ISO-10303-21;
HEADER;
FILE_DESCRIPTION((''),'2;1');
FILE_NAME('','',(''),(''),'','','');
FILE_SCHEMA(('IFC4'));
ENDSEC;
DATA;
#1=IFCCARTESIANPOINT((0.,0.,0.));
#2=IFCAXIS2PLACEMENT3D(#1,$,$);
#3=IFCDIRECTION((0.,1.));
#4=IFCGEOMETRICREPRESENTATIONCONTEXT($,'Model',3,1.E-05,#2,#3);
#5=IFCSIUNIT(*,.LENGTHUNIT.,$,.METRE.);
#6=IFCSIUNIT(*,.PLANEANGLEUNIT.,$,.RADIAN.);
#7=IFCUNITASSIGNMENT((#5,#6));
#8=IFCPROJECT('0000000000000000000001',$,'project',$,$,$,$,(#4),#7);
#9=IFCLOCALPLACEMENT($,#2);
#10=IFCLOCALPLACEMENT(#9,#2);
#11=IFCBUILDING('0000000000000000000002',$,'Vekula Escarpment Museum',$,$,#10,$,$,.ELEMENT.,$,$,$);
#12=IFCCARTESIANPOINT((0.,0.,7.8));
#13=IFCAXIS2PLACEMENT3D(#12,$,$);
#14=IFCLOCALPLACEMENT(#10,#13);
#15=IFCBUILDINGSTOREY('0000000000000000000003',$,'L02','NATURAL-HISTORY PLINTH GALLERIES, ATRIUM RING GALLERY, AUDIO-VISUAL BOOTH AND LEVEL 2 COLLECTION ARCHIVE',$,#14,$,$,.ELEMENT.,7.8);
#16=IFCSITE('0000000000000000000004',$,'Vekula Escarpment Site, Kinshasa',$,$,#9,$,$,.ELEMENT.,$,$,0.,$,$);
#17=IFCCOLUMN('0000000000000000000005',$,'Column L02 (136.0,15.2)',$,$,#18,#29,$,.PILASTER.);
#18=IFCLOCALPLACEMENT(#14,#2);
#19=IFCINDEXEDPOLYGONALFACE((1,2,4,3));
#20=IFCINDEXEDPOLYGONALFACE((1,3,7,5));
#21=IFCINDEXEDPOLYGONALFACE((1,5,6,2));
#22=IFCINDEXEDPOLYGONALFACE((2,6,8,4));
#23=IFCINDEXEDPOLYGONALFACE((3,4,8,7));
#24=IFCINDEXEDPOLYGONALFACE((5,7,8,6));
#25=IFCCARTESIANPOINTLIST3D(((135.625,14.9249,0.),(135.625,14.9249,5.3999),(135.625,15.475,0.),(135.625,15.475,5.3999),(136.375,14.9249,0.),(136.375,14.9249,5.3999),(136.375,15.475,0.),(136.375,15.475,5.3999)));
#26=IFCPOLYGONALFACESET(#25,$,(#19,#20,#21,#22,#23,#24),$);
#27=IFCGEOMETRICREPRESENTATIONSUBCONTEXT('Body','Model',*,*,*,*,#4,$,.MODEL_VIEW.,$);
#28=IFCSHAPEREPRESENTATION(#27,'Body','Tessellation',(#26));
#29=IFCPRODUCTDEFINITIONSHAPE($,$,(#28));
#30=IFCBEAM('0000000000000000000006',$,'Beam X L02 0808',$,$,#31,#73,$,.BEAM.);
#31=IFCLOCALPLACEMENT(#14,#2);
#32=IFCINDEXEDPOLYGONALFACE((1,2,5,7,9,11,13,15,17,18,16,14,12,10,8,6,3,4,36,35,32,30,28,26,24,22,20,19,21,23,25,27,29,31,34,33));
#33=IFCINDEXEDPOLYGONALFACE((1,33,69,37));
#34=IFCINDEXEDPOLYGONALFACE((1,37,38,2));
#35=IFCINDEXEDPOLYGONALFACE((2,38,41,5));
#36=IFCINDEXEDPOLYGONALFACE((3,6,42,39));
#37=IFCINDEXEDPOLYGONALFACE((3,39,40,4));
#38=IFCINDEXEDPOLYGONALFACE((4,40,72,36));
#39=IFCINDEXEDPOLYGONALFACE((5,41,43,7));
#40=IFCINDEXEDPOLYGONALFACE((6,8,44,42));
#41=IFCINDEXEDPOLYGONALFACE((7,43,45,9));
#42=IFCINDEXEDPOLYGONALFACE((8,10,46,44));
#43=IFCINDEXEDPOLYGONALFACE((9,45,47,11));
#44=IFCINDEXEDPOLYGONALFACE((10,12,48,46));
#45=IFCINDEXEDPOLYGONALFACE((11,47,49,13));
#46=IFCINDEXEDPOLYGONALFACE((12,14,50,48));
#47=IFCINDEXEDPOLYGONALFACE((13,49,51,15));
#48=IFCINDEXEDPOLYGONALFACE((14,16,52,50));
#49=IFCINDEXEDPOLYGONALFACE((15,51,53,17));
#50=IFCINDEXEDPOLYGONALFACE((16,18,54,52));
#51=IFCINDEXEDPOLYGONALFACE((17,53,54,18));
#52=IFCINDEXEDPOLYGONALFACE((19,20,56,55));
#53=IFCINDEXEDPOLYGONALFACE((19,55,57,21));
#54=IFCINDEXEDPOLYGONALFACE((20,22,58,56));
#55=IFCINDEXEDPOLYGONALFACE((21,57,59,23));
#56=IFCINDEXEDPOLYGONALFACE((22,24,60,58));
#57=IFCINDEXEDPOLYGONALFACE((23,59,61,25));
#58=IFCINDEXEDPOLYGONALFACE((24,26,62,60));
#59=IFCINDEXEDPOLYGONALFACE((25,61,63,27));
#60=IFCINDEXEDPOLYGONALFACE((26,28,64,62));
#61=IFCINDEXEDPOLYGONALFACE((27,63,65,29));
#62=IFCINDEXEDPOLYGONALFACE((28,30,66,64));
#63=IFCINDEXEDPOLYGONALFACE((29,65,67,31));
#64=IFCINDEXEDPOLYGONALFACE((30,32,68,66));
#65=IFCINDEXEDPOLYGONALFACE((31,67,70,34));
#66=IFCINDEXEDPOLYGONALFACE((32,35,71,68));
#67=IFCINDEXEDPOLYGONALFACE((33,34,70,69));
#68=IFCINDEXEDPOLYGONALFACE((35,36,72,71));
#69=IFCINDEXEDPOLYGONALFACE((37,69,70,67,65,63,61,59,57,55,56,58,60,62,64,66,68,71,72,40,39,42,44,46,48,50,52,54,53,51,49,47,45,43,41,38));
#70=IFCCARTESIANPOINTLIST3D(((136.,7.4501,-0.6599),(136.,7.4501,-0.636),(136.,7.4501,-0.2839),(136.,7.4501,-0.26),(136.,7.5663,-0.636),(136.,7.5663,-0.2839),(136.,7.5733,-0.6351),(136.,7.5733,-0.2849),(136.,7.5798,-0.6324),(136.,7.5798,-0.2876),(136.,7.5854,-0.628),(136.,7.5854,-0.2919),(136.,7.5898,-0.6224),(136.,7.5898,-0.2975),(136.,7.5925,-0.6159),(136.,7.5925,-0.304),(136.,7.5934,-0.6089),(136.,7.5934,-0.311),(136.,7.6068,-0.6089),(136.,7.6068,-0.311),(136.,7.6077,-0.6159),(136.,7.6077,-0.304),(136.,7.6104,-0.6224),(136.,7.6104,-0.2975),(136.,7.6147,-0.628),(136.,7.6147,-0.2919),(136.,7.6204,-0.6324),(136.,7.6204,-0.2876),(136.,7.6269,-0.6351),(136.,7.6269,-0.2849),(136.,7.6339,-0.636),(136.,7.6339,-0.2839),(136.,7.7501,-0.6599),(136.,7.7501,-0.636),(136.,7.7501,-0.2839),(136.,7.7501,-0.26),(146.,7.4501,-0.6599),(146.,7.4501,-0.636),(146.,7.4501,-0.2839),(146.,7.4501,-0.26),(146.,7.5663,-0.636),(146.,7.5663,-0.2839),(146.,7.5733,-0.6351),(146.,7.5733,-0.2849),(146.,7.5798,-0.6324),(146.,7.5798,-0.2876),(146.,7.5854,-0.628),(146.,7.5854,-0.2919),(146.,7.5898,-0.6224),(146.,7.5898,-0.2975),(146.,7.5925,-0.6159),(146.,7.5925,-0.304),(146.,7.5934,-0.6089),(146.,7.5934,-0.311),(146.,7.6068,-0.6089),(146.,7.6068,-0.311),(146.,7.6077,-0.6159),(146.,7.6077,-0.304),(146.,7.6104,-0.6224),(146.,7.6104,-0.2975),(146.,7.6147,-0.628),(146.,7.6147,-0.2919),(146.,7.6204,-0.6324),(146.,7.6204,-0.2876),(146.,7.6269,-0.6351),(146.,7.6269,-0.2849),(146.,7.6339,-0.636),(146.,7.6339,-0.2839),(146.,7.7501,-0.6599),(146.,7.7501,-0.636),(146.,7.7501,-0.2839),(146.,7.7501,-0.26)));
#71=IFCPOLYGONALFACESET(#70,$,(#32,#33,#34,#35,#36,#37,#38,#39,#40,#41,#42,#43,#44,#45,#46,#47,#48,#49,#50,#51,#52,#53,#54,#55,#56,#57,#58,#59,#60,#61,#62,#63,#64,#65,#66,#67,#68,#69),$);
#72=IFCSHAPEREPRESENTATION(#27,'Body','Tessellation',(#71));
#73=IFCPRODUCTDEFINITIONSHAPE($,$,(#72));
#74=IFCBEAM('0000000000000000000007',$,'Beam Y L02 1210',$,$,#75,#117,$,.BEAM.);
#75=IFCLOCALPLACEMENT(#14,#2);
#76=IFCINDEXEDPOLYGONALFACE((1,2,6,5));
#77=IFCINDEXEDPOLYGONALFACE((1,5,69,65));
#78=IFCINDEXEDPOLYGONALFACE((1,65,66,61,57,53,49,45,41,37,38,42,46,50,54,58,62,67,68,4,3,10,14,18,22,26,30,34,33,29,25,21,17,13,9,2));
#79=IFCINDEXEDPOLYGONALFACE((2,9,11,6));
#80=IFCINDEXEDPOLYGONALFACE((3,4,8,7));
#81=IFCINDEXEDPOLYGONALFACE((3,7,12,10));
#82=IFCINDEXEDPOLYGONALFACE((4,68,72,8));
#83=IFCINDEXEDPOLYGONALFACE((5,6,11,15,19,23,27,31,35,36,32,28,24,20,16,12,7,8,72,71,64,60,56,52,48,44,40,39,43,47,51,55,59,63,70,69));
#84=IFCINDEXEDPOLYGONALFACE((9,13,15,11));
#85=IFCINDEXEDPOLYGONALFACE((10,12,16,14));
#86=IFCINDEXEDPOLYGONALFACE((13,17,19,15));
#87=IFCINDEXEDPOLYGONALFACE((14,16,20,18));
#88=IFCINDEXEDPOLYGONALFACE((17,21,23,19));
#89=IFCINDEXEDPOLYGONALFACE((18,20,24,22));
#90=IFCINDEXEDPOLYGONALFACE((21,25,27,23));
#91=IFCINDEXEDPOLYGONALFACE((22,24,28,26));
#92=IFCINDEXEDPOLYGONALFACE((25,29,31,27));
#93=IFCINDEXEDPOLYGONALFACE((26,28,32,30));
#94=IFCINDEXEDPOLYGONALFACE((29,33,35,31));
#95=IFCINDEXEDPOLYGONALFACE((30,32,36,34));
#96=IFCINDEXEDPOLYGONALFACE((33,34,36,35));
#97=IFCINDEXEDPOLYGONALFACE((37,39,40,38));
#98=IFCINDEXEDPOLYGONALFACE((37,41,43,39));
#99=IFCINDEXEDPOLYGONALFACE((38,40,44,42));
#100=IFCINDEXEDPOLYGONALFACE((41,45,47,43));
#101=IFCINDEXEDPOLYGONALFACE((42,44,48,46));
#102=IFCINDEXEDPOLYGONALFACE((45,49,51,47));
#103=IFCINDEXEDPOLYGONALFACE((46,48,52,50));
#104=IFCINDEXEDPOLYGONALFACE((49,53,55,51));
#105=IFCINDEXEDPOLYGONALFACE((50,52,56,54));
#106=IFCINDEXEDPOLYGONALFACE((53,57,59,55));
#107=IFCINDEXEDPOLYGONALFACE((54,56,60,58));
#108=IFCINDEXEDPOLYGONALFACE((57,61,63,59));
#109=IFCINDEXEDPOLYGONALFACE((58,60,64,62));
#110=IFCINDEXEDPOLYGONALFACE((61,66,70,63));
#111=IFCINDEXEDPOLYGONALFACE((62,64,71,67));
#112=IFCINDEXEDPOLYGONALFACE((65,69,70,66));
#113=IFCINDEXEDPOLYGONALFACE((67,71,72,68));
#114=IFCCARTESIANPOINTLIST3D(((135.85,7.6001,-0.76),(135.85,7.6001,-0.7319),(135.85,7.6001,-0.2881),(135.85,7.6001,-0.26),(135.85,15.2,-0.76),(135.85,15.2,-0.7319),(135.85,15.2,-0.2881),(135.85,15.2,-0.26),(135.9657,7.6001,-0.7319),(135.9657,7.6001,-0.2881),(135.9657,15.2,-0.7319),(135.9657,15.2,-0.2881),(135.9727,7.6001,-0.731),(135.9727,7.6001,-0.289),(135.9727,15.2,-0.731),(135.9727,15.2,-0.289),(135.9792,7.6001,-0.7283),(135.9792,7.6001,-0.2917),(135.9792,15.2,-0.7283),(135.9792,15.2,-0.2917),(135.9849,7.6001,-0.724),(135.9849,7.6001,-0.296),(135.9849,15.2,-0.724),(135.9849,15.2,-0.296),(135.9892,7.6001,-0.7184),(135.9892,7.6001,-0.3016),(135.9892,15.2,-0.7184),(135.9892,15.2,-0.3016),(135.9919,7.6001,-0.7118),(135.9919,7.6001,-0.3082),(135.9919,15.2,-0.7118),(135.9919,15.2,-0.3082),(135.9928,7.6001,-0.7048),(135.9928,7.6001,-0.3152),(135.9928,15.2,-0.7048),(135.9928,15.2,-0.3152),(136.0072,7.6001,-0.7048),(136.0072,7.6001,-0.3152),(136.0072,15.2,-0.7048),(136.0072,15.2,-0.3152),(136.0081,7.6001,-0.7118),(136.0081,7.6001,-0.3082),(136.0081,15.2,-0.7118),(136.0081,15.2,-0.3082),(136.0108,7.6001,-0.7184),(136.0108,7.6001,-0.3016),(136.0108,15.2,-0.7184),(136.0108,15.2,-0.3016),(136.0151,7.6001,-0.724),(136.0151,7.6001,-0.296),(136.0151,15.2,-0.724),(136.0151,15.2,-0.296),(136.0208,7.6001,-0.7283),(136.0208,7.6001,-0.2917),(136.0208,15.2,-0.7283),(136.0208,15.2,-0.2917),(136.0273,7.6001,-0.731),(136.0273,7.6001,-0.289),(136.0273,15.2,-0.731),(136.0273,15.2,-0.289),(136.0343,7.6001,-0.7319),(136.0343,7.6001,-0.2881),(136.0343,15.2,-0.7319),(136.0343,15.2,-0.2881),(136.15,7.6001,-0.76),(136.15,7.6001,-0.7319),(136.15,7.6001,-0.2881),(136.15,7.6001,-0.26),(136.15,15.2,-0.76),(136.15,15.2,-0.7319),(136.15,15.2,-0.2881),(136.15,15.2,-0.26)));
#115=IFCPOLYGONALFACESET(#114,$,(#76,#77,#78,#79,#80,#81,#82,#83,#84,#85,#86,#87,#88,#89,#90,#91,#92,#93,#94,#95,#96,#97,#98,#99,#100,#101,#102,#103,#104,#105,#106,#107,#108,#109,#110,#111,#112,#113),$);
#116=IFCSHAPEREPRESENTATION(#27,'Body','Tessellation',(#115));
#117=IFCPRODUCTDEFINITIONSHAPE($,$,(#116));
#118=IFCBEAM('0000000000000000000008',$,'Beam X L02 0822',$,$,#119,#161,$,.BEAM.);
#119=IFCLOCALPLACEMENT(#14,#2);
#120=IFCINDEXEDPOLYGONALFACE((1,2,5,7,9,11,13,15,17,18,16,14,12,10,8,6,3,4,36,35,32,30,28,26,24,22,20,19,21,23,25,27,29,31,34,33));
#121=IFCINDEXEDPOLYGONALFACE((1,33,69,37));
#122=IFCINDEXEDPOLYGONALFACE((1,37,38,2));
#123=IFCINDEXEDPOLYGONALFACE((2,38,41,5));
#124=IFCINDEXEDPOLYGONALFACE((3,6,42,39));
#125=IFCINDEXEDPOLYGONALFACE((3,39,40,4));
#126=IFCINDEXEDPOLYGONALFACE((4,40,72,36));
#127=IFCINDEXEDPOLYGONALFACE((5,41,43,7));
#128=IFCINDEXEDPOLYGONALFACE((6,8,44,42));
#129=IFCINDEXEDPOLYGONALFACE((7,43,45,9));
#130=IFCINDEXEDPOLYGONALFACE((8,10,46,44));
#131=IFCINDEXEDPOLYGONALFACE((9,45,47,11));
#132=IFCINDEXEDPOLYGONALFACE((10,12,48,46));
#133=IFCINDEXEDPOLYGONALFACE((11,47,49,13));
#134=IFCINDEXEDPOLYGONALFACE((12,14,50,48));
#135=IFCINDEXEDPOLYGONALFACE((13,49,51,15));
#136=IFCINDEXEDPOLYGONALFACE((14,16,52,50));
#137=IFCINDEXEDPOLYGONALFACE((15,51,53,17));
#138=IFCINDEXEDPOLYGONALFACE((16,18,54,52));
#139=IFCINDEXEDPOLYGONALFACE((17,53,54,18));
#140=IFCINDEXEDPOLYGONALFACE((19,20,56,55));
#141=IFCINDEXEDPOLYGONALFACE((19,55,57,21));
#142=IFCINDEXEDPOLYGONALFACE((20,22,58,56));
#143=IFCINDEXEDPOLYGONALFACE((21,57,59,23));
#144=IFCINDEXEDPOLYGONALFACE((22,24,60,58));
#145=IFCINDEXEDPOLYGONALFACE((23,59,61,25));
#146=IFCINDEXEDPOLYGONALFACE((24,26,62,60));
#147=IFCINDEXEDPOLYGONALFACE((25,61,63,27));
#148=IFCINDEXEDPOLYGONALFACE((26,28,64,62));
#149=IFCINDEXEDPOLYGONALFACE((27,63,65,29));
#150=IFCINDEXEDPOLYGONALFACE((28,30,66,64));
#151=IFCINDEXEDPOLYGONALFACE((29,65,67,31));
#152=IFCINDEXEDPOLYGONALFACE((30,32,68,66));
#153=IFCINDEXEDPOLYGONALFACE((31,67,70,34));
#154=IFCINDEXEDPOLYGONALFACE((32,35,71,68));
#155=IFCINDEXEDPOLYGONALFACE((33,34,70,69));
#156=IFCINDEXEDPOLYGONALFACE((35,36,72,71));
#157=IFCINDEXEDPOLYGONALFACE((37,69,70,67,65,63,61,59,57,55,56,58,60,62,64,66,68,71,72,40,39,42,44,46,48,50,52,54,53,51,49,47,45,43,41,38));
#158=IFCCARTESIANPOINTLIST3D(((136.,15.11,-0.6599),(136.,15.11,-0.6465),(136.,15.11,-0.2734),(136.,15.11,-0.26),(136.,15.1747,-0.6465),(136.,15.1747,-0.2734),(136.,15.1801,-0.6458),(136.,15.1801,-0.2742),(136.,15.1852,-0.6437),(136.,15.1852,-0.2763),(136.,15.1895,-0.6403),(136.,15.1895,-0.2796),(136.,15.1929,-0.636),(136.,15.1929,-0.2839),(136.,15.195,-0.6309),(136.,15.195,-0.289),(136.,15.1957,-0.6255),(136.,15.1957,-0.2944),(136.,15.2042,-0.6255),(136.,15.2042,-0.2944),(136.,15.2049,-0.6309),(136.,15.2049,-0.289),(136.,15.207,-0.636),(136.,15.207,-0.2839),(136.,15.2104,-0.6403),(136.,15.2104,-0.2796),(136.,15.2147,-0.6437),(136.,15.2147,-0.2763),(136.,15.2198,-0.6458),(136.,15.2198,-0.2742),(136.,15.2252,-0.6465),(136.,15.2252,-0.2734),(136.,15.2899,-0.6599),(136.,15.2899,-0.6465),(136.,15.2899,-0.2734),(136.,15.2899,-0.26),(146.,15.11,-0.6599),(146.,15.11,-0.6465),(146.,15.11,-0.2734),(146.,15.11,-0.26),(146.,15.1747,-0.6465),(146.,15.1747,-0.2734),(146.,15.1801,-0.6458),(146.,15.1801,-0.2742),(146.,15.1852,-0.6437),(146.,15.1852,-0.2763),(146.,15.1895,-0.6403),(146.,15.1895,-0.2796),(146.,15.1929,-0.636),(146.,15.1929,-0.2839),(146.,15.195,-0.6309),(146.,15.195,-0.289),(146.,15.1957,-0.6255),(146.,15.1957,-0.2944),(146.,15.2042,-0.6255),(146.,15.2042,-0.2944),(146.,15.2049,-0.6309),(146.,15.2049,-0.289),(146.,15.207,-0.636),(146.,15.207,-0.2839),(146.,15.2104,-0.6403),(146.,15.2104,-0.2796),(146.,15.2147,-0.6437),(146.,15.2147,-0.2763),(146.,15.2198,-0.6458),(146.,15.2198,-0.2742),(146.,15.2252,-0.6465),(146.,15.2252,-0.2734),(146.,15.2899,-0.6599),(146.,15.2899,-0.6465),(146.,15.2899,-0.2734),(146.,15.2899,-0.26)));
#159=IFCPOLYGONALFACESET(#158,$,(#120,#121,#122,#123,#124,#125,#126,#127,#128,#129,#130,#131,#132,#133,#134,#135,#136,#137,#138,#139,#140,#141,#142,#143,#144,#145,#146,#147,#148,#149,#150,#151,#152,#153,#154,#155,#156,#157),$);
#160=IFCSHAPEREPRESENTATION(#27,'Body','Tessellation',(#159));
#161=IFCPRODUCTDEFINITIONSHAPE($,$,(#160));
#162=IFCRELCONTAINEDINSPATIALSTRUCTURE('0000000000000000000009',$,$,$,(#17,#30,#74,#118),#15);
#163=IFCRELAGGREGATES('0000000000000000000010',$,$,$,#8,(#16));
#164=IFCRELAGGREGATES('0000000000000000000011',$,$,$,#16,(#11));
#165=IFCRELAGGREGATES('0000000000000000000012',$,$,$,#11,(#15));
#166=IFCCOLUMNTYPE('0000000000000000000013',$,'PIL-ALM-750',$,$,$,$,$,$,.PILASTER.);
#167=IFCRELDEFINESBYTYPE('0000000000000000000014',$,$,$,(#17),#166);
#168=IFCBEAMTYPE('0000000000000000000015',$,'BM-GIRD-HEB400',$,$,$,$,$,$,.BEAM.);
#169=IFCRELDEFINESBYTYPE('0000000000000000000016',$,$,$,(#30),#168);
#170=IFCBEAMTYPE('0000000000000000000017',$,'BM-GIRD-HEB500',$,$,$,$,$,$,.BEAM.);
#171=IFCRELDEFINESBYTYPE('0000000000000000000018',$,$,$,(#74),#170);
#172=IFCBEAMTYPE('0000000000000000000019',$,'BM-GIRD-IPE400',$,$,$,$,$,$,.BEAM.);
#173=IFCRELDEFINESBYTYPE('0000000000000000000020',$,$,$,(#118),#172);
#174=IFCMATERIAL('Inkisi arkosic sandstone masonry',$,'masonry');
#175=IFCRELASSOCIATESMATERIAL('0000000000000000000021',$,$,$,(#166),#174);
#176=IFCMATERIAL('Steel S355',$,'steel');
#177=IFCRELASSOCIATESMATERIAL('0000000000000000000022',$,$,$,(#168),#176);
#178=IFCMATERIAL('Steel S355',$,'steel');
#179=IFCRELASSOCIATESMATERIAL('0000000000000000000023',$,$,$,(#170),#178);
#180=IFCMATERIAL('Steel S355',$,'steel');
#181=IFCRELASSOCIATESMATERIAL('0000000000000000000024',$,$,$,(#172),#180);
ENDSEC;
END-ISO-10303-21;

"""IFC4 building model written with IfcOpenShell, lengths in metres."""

from ifc_helpers import new_model, si_unit, direction, frame, origin, origin_2d, place, context, subcontext, project, spatial, rectangle, i_section, extrude, material, material_profile, profile_set, type_object, element, save


model = new_model("IFC4")

# Units and contexts
model_context = context("Model", 3, precision=1e-05, world=origin(), true_north=direction((0.0, 1.0)))
body_context = subcontext(model_context, "Body", "Model", "MODEL_VIEW")
ifc_project = project(units=[si_unit("LENGTHUNIT", "METRE"), si_unit("PLANEANGLEUNIT", "RADIAN")], contexts=[model_context])

# Site, building, storey
site_placement = place(None, origin())
site = spatial("IfcSite", under=ifc_project, at=site_placement, Name="Vekula Escarpment Site, Kinshasa", CompositionType="ELEMENT", RefElevation=0.0)
building_placement = place(site_placement, origin())
building = spatial("IfcBuilding", under=site, at=building_placement, Name="Vekula Escarpment Museum", CompositionType="ELEMENT")
storey_placement = place(building_placement, frame((0.0, 0.0, 7.8)))
storey = spatial("IfcBuildingStorey", under=building, at=storey_placement, Name="L02", Description="NATURAL-HISTORY PLINTH GALLERIES, ATRIUM RING GALLERY, AUDIO-VISUAL BOOTH AND LEVEL 2 COLLECTION ARCHIVE", CompositionType="ELEMENT", Elevation=7.8)

# Column
ifc_material_1 = material(Name="Inkisi arkosic sandstone masonry", Category="masonry")
ifc_material_profile_1 = material_profile(ifc_material_1, rectangle(XDim=0.75, YDim=0.55, at=origin_2d()), Name="PIER 750x550")
ifc_profile_set_1 = profile_set([ifc_material_profile_1], Name="Inkisi arkosic sandstone masonry")
column_type = type_object("IfcColumnType", Name="PIL-ALM-750", PredefinedType="PILASTER", material=ifc_profile_set_1)
column_placement = place(storey_placement, frame((136.0, 15.2, 0.0), z_axis=(0.0, 0.0, 1.0), x_axis=(1.0, 0.0, 0.0)))
element("IfcColumn", 1, at=column_placement, inside=storey, type_object=column_type, Name="Column L02 (136.0,15.2)", PredefinedType="PILASTER", context=body_context, shape_type="SweptSolid", body=[
    extrude(rectangle(XDim=0.75, YDim=0.55, at=origin_2d()), origin(), (0.0, 0.0, 1.0), 5.3999),
])

# Beams
ifc_material_2 = material(Name="Steel S355", Category="steel")
ifc_material_profile_2 = material_profile(ifc_material_2, i_section(OverallWidth=0.3, OverallDepth=0.3999, WebThickness=0.0134, FlangeThickness=0.0239, FilletRadius=0.0271, at=origin_2d()), Name="HEB 400")
ifc_profile_set_2 = profile_set([ifc_material_profile_2], Name="Steel S355")
beam_type_1 = type_object("IfcBeamType", Name="BM-GIRD-HEB400", PredefinedType="BEAM", material=ifc_profile_set_2)
beam_1_placement = place(storey_placement, frame((136.0, 7.6001, -0.46), z_axis=(1.0, 0.0, 0.0), x_axis=(0.0, 1.0, 0.0)))
element("IfcBeam", 2, at=beam_1_placement, inside=storey, type_object=beam_type_1, Name="Beam X L02 0808", PredefinedType="BEAM", context=body_context, shape_type="SweptSolid", body=[
    extrude(i_section(OverallWidth=0.3, OverallDepth=0.3999, WebThickness=0.0134, FlangeThickness=0.0239, FilletRadius=0.0271, at=origin_2d()), origin(), (0.0, 0.0, 1.0), 10.0),
])
ifc_material_3 = material(Name="Steel S355", Category="steel")
ifc_material_profile_3 = material_profile(ifc_material_3, i_section(OverallWidth=0.3, OverallDepth=0.5, WebThickness=0.0144, FlangeThickness=0.0281, FilletRadius=0.0271, at=origin_2d()), Name="HEB 500")
ifc_profile_set_3 = profile_set([ifc_material_profile_3], Name="Steel S355")
beam_type_2 = type_object("IfcBeamType", Name="BM-GIRD-HEB500", PredefinedType="BEAM", material=ifc_profile_set_3)
beam_2_placement = place(storey_placement, frame((136.0, 7.6001, -0.51), z_axis=(0.0, 1.0, 0.0), x_axis=(-1.0, 0.0, 0.0)))
element("IfcBeam", 3, at=beam_2_placement, inside=storey, type_object=beam_type_2, Name="Beam Y L02 1210", PredefinedType="BEAM", context=body_context, shape_type="SweptSolid", body=[
    extrude(i_section(OverallWidth=0.3, OverallDepth=0.5, WebThickness=0.0144, FlangeThickness=0.0281, FilletRadius=0.0271, at=origin_2d()), origin(), (0.0, 0.0, 1.0), 7.5999),
])
ifc_material_4 = material(Name="Steel S355", Category="steel")
ifc_material_profile_4 = material_profile(ifc_material_4, i_section(OverallWidth=0.1799, OverallDepth=0.3999, WebThickness=0.0085, FlangeThickness=0.0134, FilletRadius=0.021, at=origin_2d()), Name="IPE 400")
ifc_profile_set_4 = profile_set([ifc_material_profile_4], Name="Steel S355")
beam_type_3 = type_object("IfcBeamType", Name="BM-GIRD-IPE400", PredefinedType="BEAM", material=ifc_profile_set_4)
beam_3_placement = place(storey_placement, frame((136.0, 15.2, -0.46), z_axis=(1.0, 0.0, 0.0), x_axis=(0.0, 1.0, 0.0)))
element("IfcBeam", 4, at=beam_3_placement, inside=storey, type_object=beam_type_3, Name="Beam X L02 0822", PredefinedType="BEAM", context=body_context, shape_type="SweptSolid", body=[
    extrude(i_section(OverallWidth=0.1799, OverallDepth=0.3999, WebThickness=0.0085, FlangeThickness=0.0134, FilletRadius=0.021, at=origin_2d()), origin(), (0.0, 0.0, 1.0), 10.0),
])

save(model, "model.ifc")
